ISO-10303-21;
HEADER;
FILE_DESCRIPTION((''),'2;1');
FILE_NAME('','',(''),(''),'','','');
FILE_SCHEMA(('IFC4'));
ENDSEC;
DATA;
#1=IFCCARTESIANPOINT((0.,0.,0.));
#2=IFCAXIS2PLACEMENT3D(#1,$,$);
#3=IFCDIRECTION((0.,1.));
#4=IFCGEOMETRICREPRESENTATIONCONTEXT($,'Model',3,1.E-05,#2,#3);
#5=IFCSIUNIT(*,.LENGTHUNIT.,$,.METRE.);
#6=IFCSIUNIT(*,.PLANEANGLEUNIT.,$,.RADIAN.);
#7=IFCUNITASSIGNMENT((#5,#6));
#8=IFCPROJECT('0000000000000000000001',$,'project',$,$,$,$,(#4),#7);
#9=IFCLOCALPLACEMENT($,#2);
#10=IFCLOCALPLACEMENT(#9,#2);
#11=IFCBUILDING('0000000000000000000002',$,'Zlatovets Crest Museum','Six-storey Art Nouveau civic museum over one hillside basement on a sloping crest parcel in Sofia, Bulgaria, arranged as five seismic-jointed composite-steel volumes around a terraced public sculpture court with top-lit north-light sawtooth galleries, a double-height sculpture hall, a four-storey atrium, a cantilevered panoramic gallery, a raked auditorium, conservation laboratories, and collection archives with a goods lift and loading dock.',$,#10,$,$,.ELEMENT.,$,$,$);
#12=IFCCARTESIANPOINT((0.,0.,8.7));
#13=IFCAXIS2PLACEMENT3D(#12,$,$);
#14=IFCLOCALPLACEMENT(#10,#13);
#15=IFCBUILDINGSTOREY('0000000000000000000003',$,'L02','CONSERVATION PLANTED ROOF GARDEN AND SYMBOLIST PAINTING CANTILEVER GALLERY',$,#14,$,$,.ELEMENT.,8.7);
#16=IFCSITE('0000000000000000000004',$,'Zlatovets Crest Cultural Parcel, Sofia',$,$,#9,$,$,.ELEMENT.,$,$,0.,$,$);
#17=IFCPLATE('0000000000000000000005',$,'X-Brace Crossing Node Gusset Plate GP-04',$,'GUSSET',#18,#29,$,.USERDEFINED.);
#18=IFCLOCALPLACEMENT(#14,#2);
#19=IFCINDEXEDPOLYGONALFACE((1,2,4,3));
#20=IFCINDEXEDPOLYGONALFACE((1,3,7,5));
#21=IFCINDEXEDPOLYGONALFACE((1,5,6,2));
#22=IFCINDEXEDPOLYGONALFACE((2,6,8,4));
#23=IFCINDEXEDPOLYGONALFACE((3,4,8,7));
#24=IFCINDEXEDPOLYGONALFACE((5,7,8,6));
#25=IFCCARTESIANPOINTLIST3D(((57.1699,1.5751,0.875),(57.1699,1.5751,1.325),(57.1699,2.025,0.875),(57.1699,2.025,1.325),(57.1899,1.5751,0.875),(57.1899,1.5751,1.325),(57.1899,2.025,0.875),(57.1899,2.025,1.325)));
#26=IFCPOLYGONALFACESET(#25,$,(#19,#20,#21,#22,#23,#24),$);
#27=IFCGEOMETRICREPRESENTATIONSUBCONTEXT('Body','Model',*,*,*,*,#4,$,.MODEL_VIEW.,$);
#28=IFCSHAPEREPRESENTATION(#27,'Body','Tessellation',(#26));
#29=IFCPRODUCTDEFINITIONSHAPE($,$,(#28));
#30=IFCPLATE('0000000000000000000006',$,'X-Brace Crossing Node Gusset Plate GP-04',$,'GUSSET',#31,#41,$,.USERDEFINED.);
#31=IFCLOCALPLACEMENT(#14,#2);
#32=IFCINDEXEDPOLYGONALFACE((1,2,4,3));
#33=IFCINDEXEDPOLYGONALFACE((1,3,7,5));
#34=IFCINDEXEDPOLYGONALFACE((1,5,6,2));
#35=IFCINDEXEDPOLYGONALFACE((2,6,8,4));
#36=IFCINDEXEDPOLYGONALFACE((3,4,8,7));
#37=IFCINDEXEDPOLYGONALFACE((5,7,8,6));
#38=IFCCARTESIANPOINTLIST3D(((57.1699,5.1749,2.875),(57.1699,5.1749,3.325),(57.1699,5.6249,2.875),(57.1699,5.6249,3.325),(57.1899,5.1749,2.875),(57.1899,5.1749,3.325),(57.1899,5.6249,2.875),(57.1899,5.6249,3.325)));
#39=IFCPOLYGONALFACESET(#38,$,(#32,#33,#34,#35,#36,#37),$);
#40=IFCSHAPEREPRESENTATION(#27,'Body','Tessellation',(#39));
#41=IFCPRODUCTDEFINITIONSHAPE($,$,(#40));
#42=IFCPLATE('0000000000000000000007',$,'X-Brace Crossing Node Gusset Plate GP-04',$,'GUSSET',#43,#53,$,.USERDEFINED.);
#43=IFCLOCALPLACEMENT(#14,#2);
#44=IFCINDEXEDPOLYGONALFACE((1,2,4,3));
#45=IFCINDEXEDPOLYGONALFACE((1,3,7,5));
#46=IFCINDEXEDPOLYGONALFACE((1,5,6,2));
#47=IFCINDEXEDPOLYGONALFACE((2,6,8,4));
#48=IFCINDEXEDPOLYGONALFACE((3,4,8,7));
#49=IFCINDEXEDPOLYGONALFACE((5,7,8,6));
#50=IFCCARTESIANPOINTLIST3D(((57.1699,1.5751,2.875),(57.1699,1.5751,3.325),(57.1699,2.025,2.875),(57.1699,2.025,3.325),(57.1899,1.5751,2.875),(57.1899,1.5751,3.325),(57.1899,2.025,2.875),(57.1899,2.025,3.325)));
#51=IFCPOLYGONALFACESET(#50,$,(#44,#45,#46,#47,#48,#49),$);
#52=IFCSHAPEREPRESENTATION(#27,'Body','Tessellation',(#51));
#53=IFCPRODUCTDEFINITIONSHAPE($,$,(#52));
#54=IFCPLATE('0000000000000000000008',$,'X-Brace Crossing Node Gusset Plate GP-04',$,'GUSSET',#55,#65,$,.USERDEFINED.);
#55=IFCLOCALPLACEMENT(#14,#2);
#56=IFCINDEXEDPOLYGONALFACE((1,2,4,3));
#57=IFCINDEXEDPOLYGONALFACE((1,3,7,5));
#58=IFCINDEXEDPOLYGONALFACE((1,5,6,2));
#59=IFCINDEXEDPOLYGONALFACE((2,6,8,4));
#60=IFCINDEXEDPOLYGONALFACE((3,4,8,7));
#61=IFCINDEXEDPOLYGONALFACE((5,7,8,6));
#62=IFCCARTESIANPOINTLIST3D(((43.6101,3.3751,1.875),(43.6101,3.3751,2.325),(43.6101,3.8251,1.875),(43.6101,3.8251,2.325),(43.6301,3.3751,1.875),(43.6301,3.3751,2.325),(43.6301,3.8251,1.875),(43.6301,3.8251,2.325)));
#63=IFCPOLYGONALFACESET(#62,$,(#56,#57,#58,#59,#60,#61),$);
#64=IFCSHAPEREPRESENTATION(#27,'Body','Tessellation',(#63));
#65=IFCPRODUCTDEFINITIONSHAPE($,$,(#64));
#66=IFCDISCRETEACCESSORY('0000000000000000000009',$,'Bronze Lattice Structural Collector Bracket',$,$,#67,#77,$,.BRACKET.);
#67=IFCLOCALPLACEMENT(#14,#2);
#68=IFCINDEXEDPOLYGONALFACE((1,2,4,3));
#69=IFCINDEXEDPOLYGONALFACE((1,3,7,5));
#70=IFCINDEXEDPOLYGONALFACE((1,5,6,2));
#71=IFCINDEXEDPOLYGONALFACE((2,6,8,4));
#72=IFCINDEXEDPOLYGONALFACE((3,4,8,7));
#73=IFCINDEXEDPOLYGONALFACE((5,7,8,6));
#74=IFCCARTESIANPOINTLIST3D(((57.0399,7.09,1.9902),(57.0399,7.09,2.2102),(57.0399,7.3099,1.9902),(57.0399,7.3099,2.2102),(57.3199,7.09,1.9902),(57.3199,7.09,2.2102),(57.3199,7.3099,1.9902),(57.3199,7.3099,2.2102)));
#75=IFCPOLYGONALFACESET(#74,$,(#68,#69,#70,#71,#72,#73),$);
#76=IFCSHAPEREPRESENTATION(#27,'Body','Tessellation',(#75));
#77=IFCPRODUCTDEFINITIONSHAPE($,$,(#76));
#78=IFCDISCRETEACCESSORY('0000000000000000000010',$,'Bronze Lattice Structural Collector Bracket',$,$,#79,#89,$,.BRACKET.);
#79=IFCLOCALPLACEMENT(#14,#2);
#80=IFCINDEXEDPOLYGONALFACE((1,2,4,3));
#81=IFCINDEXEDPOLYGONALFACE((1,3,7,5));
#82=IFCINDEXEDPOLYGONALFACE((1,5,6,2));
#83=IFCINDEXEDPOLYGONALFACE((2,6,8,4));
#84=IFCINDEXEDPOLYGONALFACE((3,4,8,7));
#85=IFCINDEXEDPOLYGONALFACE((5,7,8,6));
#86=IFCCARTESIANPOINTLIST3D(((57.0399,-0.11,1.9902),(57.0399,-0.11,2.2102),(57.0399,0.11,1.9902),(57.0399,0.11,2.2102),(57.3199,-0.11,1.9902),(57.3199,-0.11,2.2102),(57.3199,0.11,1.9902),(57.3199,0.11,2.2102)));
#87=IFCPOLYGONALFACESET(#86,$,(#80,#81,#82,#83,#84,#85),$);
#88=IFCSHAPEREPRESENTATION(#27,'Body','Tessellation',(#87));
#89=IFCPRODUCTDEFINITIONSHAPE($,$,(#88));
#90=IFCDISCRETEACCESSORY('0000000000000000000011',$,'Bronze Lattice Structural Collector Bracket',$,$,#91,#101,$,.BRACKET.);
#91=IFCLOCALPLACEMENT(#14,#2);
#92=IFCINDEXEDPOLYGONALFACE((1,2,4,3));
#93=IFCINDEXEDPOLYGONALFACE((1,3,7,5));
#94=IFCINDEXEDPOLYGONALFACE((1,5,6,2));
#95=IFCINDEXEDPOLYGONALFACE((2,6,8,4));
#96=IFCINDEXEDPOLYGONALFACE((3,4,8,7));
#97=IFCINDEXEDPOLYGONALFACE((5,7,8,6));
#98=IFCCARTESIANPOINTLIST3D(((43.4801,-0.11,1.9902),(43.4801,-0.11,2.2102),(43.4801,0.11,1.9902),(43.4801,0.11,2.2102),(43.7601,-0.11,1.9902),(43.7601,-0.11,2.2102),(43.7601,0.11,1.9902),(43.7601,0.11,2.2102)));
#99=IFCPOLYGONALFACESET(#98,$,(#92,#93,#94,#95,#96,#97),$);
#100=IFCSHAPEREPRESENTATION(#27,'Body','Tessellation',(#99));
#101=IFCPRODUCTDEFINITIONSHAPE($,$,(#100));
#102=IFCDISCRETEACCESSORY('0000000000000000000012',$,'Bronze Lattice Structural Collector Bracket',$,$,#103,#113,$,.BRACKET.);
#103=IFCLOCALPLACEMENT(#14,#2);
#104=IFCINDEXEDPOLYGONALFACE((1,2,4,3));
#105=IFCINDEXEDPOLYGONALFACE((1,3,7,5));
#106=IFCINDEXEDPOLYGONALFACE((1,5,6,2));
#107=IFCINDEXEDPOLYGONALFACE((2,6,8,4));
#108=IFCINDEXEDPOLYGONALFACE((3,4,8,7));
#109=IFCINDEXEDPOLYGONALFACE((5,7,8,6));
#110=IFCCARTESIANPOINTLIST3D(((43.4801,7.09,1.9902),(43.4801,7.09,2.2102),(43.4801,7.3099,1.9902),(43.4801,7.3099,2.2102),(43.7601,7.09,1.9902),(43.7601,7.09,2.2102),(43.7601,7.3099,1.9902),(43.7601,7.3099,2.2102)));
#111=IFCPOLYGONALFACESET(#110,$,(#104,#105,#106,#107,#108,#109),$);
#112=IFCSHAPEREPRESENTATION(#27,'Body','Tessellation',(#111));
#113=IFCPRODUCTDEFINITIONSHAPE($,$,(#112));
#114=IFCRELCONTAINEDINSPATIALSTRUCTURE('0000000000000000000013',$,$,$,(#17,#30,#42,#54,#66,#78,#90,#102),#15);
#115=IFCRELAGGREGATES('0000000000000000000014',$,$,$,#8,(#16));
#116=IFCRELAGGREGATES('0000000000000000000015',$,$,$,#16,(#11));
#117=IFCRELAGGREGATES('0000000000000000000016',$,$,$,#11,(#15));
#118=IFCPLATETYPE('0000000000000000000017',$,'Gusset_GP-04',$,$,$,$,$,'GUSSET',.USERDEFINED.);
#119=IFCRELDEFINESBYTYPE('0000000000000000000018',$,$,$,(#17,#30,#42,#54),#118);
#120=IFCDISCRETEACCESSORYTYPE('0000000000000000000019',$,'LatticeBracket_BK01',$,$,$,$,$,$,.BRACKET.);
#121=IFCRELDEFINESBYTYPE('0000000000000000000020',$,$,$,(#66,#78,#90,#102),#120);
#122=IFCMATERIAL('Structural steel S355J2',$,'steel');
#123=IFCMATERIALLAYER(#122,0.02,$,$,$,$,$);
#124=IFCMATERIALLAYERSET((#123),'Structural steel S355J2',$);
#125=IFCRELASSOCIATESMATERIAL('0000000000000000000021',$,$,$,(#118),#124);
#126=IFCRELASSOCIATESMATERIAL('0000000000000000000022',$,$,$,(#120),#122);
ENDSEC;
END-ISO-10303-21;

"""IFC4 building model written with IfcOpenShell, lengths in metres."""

from ifc_helpers import new_model, si_unit, direction, frame, origin, origin_2d, place, context, subcontext, project, spatial, rectangle, extrude, material, layer, layer_set, type_object, element, save


model = new_model("IFC4")

# Units and contexts
model_context = context("Model", 3, precision=1e-05, world=origin(), true_north=direction((0.0, 1.0)))
body_context = subcontext(model_context, "Body", "Model", "MODEL_VIEW")
ifc_project = project(units=[si_unit("LENGTHUNIT", "METRE"), si_unit("PLANEANGLEUNIT", "RADIAN")], contexts=[model_context])

# Site, building, storey
site_placement = place(None, origin())
site = spatial("IfcSite", under=ifc_project, at=site_placement, Name="Zlatovets Crest Cultural Parcel, Sofia", CompositionType="ELEMENT", RefElevation=0.0)
building_placement = place(site_placement, origin())
building = spatial("IfcBuilding", under=site, at=building_placement, Name="Zlatovets Crest Museum", Description="Six-storey Art Nouveau civic museum over one hillside basement on a sloping crest parcel in Sofia, Bulgaria, arranged as five seismic-jointed composite-steel volumes around a terraced public sculpture court with top-lit north-light sawtooth galleries, a double-height sculpture hall, a four-storey atrium, a cantilevered panoramic gallery, a raked auditorium, conservation laboratories, and collection archives with a goods lift and loading dock.", CompositionType="ELEMENT")
storey_placement = place(building_placement, frame((0.0, 0.0, 8.7)))
storey = spatial("IfcBuildingStorey", under=building, at=storey_placement, Name="L02", Description="CONSERVATION PLANTED ROOF GARDEN AND SYMBOLIST PAINTING CANTILEVER GALLERY", CompositionType="ELEMENT", Elevation=8.7)

# Plates
ifc_material_1 = material(Name="Structural steel S355J2", Category="steel")
ifc_layer_1 = layer(ifc_material_1, 0.02)
ifc_layer_set_1 = layer_set([ifc_layer_1], Name="Structural steel S355J2")
plate_type_1 = type_object("IfcPlateType", Name="Gusset_GP-04", ElementType="GUSSET", PredefinedType="USERDEFINED", material=ifc_layer_set_1)
for number, where, z_axis, x_axis, name in (
    (1, (57.1799, 1.8, 0.875), (0.0, 0.0, 1.0), (1.0, 0.0, 0.0), "X-Brace Crossing Node Gusset Plate GP-04"),
    (2, (57.1799, 5.3999, 2.875), (0.0, 0.0, 1.0), (1.0, 0.0, 0.0), "X-Brace Crossing Node Gusset Plate GP-04"),
    (3, (57.1799, 1.8, 2.875), (0.0, 0.0, 1.0), (1.0, 0.0, 0.0), "X-Brace Crossing Node Gusset Plate GP-04"),
    (4, (43.6201, 3.6001, 1.875), (0.0, 0.0, 1.0), (1.0, 0.0, 0.0), "X-Brace Crossing Node Gusset Plate GP-04"),
):
    element("IfcPlate", number, at=place(storey_placement, frame(where, z_axis=z_axis, x_axis=x_axis)), inside=storey, type_object=plate_type_1, Name=name, ObjectType="GUSSET", PredefinedType="USERDEFINED", context=body_context, shape_type="SweptSolid", body=[
        extrude(rectangle(XDim=0.02, YDim=0.45, at=origin_2d()), origin(), (0.0, 0.0, 1.0), 0.45),
    ])

# Discrete accessories
discrete_accessory_type = type_object("IfcDiscreteAccessoryType", Name="LatticeBracket_BK01", PredefinedType="BRACKET", material=ifc_material_1)
for number, where, z_axis, x_axis, name in (
    (5, (57.1799, 7.2, 1.9902), (0.0, 0.0, 1.0), (1.0, 0.0, 0.0), "Bronze Lattice Structural Collector Bracket"),
    (6, (57.1799, 0.0, 1.9902), (0.0, 0.0, 1.0), (1.0, 0.0, 0.0), "Bronze Lattice Structural Collector Bracket"),
    (7, (43.6201, 0.0, 1.9902), (0.0, 0.0, 1.0), (1.0, 0.0, 0.0), "Bronze Lattice Structural Collector Bracket"),
    (8, (43.6201, 7.2, 1.9902), (0.0, 0.0, 1.0), (1.0, 0.0, 0.0), "Bronze Lattice Structural Collector Bracket"),
):
    element("IfcDiscreteAccessory", number, at=place(storey_placement, frame(where, z_axis=z_axis, x_axis=x_axis)), inside=storey, type_object=discrete_accessory_type, Name=name, PredefinedType="BRACKET", context=body_context, shape_type="SweptSolid", body=[
        extrude(rectangle(XDim=0.28, YDim=0.22, at=origin_2d()), origin(), (0.0, 0.0, 1.0), 0.22),
    ])

save(model, "model.ifc")
